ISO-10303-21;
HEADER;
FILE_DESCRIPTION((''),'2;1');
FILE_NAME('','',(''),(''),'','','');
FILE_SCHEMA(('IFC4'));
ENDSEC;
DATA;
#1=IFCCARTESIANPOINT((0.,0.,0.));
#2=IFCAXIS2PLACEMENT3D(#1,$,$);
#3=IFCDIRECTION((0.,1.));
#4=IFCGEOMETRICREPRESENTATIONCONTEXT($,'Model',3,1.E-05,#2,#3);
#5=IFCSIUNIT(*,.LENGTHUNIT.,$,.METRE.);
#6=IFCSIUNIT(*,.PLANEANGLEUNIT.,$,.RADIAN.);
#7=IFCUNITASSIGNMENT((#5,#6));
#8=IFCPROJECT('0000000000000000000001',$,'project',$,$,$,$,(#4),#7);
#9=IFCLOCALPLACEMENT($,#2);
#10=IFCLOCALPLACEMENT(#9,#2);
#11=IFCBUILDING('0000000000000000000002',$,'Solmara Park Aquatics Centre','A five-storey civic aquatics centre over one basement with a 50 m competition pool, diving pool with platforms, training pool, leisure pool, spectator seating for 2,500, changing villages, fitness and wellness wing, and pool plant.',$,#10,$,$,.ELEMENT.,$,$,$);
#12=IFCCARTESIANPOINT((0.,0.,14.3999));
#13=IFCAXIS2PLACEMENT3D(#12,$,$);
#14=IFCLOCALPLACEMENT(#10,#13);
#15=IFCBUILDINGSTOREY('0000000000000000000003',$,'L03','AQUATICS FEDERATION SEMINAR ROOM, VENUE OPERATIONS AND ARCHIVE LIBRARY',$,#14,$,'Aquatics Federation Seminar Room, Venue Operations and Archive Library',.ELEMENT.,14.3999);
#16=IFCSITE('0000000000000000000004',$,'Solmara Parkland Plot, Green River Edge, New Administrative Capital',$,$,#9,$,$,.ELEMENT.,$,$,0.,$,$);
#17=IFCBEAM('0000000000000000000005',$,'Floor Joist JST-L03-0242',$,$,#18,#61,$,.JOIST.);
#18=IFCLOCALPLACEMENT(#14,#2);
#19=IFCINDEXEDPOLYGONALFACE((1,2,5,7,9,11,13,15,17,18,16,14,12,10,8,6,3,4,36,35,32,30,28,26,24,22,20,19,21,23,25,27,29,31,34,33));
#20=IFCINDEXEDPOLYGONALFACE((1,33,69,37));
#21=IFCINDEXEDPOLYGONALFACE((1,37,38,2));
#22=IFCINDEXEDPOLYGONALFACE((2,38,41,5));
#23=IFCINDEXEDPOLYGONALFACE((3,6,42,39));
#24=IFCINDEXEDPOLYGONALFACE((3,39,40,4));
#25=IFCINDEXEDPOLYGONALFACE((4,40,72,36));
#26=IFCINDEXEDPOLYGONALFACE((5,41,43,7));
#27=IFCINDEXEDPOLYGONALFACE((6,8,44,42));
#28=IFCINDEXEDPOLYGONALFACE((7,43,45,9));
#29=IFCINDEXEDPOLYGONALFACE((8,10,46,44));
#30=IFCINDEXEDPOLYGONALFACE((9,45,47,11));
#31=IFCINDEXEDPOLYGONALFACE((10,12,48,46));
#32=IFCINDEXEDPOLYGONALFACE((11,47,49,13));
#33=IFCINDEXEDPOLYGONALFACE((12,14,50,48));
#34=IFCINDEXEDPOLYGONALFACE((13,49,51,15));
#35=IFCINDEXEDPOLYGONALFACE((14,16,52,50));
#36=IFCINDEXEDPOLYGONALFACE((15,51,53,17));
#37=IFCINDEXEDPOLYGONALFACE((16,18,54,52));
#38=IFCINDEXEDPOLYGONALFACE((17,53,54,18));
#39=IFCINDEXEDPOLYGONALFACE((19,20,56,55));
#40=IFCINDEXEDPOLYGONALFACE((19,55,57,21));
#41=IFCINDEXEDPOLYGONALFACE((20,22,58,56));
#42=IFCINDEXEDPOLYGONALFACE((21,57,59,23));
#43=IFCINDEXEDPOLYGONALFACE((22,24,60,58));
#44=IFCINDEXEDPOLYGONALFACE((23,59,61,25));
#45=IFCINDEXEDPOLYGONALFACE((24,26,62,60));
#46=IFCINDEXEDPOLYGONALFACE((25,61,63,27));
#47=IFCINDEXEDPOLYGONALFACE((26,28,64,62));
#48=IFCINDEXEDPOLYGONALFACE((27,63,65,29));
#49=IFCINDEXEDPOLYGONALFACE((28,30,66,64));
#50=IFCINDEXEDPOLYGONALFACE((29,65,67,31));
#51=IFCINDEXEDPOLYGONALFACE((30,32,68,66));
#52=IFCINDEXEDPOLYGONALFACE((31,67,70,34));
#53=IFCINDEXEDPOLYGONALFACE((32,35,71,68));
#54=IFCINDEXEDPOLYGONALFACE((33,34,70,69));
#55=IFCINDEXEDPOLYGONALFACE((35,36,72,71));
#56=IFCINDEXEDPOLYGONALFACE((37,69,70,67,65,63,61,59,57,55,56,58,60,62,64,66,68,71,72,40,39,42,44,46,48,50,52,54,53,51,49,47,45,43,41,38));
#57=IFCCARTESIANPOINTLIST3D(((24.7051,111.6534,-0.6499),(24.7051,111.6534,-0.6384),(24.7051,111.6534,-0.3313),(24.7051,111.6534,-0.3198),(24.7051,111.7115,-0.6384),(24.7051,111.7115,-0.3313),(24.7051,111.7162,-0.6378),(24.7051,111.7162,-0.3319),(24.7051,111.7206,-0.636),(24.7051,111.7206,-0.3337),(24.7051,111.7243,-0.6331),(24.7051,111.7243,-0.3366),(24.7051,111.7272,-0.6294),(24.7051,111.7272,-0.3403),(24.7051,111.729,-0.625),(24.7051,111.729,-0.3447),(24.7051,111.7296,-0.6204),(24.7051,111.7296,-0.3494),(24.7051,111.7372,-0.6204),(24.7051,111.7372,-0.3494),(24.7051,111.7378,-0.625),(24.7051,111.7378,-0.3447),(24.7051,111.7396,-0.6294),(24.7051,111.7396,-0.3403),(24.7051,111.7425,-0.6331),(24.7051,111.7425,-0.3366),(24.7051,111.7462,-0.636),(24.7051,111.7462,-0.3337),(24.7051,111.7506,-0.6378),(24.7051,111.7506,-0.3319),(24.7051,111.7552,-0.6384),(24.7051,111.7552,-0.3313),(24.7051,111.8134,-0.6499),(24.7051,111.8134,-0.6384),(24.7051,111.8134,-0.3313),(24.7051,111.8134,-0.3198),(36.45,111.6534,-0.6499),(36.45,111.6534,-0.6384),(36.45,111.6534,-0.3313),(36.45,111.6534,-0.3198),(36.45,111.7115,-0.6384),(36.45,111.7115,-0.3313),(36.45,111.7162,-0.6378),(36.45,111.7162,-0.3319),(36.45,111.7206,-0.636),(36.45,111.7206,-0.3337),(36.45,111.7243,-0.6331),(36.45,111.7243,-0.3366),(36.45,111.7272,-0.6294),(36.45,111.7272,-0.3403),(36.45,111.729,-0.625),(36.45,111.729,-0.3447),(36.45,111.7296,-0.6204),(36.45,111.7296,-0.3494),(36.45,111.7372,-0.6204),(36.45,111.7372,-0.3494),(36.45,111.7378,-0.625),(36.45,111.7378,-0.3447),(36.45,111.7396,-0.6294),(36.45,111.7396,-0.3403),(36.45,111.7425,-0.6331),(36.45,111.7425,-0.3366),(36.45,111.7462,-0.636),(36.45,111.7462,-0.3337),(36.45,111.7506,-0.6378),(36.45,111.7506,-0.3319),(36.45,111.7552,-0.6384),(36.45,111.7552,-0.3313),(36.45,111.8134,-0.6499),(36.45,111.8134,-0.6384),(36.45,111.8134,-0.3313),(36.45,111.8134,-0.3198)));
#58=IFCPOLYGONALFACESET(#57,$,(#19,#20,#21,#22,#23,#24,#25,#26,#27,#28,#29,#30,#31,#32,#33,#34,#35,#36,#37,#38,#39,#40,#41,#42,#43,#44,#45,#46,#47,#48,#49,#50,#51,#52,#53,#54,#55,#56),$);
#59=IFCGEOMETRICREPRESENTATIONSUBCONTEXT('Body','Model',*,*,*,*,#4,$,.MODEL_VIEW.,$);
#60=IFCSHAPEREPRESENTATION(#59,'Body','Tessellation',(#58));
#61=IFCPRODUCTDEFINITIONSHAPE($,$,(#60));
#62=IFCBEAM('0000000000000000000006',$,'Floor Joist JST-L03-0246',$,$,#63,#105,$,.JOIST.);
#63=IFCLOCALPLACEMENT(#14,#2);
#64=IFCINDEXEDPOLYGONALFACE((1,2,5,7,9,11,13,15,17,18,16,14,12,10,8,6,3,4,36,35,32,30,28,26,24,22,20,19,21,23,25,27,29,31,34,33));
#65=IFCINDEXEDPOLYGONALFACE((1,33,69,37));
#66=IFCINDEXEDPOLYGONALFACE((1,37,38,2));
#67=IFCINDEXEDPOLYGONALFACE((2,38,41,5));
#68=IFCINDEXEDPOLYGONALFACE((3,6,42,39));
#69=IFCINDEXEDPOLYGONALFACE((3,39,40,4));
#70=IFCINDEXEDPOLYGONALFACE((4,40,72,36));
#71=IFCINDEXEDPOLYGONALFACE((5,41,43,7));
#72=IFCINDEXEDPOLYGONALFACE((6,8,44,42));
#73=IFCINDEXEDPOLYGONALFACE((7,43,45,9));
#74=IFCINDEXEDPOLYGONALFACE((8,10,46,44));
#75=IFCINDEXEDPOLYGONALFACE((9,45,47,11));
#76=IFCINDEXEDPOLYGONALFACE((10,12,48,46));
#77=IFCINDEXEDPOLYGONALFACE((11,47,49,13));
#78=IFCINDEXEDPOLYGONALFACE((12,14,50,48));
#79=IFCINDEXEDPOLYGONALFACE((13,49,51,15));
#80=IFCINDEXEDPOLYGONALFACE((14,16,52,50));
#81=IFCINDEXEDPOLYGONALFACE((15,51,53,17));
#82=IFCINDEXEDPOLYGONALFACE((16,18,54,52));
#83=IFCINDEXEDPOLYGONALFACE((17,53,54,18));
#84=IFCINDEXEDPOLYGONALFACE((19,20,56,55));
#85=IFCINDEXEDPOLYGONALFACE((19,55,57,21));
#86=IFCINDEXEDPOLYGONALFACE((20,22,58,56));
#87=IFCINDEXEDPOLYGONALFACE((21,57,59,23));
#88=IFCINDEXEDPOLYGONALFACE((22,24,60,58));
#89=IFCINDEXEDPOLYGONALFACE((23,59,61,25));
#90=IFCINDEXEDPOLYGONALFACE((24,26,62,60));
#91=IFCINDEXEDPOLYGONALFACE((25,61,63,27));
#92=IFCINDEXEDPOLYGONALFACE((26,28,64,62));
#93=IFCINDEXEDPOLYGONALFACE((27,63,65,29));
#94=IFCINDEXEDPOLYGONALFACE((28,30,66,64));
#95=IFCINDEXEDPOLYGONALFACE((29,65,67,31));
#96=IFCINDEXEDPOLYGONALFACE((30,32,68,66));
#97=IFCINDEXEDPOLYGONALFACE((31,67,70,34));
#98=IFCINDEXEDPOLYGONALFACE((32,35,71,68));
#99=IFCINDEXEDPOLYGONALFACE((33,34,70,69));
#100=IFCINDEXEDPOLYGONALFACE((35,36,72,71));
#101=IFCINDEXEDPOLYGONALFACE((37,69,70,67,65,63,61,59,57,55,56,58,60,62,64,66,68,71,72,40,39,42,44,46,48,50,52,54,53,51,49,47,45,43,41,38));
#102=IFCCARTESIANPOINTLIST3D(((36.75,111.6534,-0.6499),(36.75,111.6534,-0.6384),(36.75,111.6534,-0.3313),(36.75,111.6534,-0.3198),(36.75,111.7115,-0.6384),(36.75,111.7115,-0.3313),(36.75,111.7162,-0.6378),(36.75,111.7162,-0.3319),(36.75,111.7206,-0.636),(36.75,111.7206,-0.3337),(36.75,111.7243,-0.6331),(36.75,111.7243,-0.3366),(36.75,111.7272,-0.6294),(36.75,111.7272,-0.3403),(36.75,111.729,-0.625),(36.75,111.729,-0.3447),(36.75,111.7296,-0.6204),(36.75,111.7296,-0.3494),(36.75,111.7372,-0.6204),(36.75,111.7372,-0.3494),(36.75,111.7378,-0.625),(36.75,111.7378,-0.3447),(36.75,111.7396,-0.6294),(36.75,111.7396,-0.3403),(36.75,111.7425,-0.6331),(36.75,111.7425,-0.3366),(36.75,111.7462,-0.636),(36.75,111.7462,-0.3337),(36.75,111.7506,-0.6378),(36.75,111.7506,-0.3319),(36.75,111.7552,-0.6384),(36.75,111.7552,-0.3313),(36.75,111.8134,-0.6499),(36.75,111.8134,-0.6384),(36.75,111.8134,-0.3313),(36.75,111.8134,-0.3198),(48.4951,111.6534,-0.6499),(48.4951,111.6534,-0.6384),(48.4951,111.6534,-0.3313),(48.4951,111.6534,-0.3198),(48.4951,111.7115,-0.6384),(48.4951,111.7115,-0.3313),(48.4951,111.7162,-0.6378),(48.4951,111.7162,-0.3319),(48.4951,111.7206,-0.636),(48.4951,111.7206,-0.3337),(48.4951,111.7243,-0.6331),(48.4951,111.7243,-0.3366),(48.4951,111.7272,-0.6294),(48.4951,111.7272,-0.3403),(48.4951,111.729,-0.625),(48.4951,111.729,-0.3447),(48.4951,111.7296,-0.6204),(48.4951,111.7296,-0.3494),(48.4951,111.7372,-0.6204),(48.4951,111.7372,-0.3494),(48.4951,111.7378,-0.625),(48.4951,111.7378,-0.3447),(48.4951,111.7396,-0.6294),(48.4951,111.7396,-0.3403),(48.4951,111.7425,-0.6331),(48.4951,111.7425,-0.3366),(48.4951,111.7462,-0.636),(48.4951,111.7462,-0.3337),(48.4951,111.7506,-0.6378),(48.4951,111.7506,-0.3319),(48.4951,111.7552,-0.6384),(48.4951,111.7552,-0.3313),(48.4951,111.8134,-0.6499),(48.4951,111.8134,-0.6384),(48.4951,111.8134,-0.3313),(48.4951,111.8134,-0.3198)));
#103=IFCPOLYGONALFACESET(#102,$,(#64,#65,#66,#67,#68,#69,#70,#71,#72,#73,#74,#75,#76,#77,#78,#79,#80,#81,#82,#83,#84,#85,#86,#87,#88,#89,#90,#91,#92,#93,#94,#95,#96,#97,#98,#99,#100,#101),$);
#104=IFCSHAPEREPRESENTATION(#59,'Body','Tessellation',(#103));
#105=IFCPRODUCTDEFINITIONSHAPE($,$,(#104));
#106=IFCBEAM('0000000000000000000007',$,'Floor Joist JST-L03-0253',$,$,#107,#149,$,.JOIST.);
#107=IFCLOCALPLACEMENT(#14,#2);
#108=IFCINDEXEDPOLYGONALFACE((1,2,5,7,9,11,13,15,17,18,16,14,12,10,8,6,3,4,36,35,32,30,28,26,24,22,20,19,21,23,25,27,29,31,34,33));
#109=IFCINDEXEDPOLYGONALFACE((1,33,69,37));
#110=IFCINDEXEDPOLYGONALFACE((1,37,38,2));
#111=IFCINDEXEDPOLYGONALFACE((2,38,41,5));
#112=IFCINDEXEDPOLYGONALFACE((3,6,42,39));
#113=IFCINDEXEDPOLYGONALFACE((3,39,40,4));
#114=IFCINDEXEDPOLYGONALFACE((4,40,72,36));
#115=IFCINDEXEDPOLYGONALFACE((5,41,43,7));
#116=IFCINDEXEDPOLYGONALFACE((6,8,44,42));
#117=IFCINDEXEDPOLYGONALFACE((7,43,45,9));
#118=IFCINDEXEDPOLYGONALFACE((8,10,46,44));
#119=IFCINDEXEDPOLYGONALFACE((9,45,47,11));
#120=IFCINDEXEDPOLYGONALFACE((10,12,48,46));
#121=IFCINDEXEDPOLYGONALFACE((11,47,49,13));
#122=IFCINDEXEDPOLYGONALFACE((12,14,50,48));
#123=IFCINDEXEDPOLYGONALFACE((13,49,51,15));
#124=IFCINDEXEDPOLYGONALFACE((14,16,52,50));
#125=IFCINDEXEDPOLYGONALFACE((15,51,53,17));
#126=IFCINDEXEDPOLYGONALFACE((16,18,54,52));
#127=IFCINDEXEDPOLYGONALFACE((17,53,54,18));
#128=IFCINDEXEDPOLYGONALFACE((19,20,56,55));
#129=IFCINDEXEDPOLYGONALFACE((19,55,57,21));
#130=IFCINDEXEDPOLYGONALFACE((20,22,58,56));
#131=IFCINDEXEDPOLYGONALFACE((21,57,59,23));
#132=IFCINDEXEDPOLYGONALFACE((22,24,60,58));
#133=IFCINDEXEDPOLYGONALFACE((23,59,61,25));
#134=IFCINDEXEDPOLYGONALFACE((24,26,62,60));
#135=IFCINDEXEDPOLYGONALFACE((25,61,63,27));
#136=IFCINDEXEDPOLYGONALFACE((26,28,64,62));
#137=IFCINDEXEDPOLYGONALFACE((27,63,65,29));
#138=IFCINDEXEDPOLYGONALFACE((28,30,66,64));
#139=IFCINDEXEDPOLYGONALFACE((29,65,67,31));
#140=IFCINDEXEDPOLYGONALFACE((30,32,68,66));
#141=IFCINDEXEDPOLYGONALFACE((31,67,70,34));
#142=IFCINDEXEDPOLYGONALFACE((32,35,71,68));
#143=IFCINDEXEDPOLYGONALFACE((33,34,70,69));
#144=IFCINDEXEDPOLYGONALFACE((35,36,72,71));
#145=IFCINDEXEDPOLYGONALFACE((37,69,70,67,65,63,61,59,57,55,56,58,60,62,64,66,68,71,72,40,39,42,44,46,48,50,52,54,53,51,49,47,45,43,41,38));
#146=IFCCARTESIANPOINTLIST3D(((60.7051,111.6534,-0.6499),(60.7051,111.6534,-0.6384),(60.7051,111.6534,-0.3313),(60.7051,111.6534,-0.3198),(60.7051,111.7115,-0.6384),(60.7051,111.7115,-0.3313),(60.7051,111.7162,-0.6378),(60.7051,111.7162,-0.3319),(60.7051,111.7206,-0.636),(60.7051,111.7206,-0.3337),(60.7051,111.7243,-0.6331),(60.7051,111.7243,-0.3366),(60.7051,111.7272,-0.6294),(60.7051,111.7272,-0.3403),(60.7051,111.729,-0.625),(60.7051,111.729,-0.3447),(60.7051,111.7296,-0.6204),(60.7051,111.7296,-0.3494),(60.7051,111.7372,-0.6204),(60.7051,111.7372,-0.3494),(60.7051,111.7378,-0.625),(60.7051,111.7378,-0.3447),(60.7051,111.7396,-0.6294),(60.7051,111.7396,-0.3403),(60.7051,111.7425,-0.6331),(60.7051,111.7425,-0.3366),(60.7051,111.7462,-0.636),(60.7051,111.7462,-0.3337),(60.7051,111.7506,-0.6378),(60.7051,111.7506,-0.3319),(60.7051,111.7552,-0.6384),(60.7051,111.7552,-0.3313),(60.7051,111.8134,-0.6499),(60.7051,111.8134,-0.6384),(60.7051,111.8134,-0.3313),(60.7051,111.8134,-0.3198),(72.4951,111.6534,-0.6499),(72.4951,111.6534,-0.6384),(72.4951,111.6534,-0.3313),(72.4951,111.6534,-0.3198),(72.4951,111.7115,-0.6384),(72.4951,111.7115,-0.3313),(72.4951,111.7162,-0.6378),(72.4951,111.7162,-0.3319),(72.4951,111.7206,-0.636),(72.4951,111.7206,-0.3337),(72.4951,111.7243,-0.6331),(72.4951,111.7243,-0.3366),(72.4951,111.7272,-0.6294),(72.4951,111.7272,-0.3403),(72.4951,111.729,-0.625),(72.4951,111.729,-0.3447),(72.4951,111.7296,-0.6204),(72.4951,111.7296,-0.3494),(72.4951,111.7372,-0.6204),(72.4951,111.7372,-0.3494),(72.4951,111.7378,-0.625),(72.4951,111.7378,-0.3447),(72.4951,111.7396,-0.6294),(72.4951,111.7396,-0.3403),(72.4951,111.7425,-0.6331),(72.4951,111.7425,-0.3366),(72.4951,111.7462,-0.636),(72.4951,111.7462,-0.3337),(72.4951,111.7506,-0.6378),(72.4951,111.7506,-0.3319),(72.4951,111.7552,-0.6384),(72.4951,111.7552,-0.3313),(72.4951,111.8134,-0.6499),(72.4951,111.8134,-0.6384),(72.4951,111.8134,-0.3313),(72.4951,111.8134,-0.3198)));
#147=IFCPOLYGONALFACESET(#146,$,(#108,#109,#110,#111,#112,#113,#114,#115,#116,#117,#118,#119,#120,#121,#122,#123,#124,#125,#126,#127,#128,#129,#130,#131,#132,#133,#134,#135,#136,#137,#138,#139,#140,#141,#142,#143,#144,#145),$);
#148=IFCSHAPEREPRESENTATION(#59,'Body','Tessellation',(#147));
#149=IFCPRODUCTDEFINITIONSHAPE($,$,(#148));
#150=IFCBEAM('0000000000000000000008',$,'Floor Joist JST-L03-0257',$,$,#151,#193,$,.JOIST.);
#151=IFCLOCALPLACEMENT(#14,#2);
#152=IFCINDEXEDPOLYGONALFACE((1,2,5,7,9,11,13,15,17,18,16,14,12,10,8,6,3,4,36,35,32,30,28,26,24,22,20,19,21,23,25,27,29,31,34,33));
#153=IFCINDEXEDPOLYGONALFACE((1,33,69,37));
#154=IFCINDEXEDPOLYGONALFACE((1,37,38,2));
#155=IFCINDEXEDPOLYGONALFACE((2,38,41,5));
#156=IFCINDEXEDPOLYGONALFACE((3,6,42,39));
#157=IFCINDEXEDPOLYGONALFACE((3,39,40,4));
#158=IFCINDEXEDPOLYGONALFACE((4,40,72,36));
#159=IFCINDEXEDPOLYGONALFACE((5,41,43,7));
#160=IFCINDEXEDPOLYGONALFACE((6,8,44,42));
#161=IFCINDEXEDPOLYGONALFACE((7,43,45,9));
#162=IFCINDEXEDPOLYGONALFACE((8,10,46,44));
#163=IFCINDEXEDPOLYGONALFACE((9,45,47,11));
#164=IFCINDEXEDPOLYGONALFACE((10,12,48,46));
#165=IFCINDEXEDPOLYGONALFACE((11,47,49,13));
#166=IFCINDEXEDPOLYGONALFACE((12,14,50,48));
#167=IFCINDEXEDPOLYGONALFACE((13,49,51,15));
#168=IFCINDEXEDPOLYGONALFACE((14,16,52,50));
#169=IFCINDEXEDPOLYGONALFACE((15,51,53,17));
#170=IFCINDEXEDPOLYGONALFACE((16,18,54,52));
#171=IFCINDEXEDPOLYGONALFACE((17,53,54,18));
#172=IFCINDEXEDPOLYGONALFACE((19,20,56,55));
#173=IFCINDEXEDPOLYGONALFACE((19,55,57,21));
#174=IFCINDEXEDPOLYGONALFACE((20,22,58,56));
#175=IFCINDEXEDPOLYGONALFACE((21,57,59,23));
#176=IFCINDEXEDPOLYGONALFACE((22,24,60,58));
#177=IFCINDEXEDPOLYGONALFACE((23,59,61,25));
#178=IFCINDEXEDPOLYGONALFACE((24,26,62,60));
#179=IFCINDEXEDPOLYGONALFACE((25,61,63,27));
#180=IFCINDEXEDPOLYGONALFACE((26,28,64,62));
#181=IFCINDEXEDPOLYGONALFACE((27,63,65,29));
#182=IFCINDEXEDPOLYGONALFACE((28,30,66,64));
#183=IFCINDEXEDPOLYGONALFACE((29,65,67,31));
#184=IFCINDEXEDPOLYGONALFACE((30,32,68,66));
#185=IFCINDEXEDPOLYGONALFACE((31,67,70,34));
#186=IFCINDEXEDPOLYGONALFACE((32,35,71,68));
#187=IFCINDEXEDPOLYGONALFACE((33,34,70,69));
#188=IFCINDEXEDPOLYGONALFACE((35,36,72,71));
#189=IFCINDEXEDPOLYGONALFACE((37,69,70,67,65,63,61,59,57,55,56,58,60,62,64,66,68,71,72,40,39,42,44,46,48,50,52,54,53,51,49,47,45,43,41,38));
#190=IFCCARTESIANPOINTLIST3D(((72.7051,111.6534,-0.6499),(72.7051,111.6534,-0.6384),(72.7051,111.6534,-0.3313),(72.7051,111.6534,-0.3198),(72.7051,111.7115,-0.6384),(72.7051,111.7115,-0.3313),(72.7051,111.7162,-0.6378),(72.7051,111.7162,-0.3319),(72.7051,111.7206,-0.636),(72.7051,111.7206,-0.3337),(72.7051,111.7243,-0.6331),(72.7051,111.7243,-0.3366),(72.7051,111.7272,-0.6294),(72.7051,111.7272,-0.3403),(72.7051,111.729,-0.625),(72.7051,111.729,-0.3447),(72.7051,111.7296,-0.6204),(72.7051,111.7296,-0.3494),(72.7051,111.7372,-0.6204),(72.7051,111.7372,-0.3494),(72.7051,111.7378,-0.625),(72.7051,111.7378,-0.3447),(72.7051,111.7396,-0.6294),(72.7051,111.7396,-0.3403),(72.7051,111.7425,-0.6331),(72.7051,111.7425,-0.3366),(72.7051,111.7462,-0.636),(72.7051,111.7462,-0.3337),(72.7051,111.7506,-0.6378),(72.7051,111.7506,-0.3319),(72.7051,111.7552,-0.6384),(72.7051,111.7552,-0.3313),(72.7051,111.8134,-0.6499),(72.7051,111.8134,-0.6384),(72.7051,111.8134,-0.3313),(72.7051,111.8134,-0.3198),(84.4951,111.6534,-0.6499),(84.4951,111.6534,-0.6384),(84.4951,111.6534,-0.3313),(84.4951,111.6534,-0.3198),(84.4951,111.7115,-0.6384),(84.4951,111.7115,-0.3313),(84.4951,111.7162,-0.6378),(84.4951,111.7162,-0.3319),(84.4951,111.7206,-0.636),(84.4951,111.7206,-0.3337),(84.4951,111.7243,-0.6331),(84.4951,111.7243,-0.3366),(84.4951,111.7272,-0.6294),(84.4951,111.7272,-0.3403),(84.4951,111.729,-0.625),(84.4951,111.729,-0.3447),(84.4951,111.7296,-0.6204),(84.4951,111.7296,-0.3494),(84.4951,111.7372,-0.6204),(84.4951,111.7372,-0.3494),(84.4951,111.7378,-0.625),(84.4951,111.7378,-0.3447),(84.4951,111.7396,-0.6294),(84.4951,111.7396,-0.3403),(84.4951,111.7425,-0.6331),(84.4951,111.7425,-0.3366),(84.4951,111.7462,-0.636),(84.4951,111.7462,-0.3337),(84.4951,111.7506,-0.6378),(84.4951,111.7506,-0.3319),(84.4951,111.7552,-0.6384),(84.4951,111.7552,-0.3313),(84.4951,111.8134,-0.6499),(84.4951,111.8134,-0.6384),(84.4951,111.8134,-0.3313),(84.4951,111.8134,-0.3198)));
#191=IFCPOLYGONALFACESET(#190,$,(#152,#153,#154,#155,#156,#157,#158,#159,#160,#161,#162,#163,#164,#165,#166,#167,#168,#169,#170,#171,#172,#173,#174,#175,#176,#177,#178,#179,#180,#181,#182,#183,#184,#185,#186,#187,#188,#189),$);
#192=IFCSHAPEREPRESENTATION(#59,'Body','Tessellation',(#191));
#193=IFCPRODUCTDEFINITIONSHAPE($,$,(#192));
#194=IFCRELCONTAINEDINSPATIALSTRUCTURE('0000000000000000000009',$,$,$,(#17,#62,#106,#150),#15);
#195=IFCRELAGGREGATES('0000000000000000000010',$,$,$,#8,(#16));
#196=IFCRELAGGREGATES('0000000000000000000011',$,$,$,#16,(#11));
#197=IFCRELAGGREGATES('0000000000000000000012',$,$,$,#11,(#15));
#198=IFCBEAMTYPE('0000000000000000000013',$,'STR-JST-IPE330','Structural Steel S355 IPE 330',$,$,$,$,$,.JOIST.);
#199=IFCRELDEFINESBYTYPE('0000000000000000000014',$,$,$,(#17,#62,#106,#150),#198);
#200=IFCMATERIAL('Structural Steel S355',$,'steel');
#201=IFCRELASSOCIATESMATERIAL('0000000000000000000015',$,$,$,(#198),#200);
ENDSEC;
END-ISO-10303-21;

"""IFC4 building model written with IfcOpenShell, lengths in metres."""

from ifc_helpers import new_model, si_unit, direction, frame, origin, origin_2d, place, context, subcontext, project, spatial, i_section, extrude, material, material_profile, profile_set, type_object, element, save


model = new_model("IFC4")

# Units and contexts
model_context = context("Model", 3, precision=1e-05, world=origin(), true_north=direction((0.0, 1.0)))
body_context = subcontext(model_context, "Body", "Model", "MODEL_VIEW")
ifc_project = project(units=[si_unit("LENGTHUNIT", "METRE"), si_unit("PLANEANGLEUNIT", "RADIAN")], contexts=[model_context])

# Site, building, storey
site_placement = place(None, origin())
site = spatial("IfcSite", under=ifc_project, at=site_placement, Name="Solmara Parkland Plot, Green River Edge, New Administrative Capital", CompositionType="ELEMENT", RefElevation=0.0)
building_placement = place(site_placement, origin())
building = spatial("IfcBuilding", under=site, at=building_placement, Name="Solmara Park Aquatics Centre", Description="A five-storey civic aquatics centre over one basement with a 50 m competition pool, diving pool with platforms, training pool, leisure pool, spectator seating for 2,500, changing villages, fitness and wellness wing, and pool plant.", CompositionType="ELEMENT")
storey_placement = place(building_placement, frame((0.0, 0.0, 14.3999)))
storey = spatial("IfcBuildingStorey", under=building, at=storey_placement, Name="L03", Description="AQUATICS FEDERATION SEMINAR ROOM, VENUE OPERATIONS AND ARCHIVE LIBRARY", LongName="Aquatics Federation Seminar Room, Venue Operations and Archive Library", CompositionType="ELEMENT", Elevation=14.3999)

# Beams
ifc_material_1 = material(Name="Structural Steel S355", Category="steel")
ifc_material_profile = material_profile(ifc_material_1, i_section(OverallWidth=0.1599, OverallDepth=0.3301, WebThickness=0.0076, FlangeThickness=0.0115, FilletRadius=0.0181, at=origin_2d()), Name="IPE 330")
ifc_profile_set = profile_set([ifc_material_profile], Name="Structural Steel S355")
beam_type = type_object("IfcBeamType", Name="STR-JST-IPE330", Description="Structural Steel S355 IPE 330", PredefinedType="JOIST", material=ifc_profile_set)
beam_1_placement = place(storey_placement, frame((24.7051, 111.7334, -0.4849), z_axis=(1.0, 0.0, 0.0), x_axis=(0.0, 1.0, 0.0)))
element("IfcBeam", 1, at=beam_1_placement, inside=storey, type_object=beam_type, Name="Floor Joist JST-L03-0242", PredefinedType="JOIST", context=body_context, shape_type="SweptSolid", body=[
    extrude(i_section(OverallWidth=0.1599, OverallDepth=0.3301, WebThickness=0.0076, FlangeThickness=0.0115, FilletRadius=0.0181, at=origin_2d()), origin(), (0.0, 0.0, 1.0), 11.7449),
])
beam_2_placement = place(storey_placement, frame((36.75, 111.7334, -0.4849), z_axis=(1.0, 0.0, 0.0), x_axis=(0.0, 1.0, 0.0)))
element("IfcBeam", 2, at=beam_2_placement, inside=storey, type_object=beam_type, Name="Floor Joist JST-L03-0246", PredefinedType="JOIST", context=body_context, shape_type="SweptSolid", body=[
    extrude(i_section(OverallWidth=0.1599, OverallDepth=0.3301, WebThickness=0.0076, FlangeThickness=0.0115, FilletRadius=0.0181, at=origin_2d()), origin(), (0.0, 0.0, 1.0), 11.7451),
])
for number, where, z_axis, x_axis, name in (
    (3, (60.7051, 111.7334, -0.4849), (1.0, 0.0, 0.0), (0.0, 1.0, 0.0), "Floor Joist JST-L03-0253"),
    (4, (72.7051, 111.7334, -0.4849), (1.0, 0.0, 0.0), (0.0, 1.0, 0.0), "Floor Joist JST-L03-0257"),
):
    element("IfcBeam", number, at=place(storey_placement, frame(where, z_axis=z_axis, x_axis=x_axis)), inside=storey, type_object=beam_type, Name=name, PredefinedType="JOIST", context=body_context, shape_type="SweptSolid", body=[
        extrude(i_section(OverallWidth=0.1599, OverallDepth=0.3301, WebThickness=0.0076, FlangeThickness=0.0115, FilletRadius=0.0181, at=origin_2d()), origin(), (0.0, 0.0, 1.0), 11.79),
    ])

save(model, "model.ifc")
